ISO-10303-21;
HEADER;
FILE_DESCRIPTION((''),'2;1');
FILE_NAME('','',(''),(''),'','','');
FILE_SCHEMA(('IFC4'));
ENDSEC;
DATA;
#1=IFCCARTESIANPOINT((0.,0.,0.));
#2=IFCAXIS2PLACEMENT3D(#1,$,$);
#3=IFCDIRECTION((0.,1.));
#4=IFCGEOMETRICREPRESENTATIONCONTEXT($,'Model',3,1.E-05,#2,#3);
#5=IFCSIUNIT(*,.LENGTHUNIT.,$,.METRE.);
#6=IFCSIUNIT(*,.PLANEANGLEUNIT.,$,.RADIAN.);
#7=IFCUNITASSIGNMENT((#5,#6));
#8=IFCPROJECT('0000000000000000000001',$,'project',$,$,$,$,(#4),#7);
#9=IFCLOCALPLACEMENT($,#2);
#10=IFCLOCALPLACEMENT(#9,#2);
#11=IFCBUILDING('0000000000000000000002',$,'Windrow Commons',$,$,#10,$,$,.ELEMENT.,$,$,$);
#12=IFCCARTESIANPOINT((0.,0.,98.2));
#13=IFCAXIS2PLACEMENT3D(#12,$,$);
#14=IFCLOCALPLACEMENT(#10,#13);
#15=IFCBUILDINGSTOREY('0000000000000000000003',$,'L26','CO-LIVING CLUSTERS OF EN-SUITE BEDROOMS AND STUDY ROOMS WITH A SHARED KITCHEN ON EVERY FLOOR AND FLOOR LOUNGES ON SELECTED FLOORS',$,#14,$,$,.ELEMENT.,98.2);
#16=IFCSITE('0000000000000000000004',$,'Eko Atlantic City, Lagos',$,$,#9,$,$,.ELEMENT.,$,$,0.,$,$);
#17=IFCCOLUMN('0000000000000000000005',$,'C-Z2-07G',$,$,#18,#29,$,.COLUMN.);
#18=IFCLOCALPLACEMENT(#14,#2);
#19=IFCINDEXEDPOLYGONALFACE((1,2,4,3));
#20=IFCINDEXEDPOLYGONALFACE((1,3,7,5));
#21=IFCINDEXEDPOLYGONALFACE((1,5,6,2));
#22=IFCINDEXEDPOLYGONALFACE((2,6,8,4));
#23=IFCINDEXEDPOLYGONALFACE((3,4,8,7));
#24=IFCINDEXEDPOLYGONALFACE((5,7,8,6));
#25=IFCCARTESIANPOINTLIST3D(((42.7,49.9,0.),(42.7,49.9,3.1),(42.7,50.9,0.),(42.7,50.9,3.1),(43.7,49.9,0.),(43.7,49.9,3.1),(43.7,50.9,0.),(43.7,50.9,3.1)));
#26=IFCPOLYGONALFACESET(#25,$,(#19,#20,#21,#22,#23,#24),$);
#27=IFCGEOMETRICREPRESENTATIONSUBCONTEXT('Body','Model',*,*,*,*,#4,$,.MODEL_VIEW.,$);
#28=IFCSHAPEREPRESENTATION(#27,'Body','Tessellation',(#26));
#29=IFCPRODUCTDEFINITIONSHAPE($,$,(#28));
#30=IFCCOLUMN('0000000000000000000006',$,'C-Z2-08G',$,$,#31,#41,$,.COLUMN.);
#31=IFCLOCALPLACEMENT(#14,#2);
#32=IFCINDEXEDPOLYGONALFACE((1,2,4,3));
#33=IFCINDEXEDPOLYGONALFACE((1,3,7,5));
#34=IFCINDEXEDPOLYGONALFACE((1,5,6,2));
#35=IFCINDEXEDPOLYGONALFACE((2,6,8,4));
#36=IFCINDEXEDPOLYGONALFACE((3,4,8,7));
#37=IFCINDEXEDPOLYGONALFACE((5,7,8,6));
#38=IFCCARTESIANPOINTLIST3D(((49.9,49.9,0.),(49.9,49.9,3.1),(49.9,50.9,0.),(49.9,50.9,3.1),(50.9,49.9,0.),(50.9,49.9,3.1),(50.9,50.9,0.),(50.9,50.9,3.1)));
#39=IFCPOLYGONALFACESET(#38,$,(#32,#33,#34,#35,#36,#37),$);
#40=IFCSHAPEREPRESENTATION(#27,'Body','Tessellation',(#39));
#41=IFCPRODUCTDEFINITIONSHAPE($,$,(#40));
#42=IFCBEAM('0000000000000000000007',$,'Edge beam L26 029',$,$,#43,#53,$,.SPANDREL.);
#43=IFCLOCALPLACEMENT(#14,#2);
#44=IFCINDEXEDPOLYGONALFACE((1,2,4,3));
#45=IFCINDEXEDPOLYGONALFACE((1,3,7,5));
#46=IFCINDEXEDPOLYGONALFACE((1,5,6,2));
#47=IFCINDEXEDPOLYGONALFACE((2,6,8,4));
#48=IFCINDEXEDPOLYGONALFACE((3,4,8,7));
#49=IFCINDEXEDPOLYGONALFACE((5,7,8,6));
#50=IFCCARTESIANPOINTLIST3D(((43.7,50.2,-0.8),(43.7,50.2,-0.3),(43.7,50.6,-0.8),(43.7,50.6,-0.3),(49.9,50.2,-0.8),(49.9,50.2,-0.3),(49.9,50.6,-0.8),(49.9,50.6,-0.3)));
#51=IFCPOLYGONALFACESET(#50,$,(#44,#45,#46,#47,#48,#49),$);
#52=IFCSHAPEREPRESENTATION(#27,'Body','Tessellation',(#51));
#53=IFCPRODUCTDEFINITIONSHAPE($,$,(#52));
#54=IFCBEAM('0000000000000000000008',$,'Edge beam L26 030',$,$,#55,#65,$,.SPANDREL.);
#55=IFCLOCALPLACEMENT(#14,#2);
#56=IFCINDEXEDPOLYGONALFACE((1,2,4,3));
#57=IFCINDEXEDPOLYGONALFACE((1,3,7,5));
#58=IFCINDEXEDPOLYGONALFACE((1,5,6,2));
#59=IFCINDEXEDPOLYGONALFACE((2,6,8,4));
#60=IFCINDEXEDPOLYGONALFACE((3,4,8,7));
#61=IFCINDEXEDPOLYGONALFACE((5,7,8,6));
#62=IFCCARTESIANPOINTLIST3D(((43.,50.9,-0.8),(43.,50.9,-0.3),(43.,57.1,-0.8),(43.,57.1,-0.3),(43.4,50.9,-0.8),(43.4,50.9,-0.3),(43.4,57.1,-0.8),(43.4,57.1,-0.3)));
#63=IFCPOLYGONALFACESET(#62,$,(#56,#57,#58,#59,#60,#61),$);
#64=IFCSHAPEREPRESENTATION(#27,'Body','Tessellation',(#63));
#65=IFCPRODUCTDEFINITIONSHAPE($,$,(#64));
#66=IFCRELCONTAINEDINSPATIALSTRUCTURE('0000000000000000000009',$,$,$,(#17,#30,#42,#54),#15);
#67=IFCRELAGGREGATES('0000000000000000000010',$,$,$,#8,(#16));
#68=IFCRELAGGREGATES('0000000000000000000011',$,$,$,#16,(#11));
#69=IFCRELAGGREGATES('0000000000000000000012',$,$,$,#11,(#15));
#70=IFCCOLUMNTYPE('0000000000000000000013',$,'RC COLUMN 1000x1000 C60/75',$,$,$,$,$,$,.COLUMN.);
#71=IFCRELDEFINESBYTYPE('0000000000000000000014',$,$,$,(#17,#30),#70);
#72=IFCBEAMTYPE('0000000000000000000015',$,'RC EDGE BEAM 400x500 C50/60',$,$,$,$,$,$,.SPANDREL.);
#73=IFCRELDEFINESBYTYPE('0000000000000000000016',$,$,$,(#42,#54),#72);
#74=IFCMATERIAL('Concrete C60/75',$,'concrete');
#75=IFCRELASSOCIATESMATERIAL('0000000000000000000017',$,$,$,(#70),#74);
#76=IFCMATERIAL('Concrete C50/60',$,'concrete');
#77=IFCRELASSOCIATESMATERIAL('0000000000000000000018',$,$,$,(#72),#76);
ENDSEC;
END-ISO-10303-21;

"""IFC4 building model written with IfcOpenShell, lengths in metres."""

from ifc_helpers import new_model, si_unit, direction, frame, origin, origin_2d, place, context, subcontext, project, spatial, rectangle, extrude, material, material_profile, profile_set, type_object, element, save


model = new_model("IFC4")

# Units and contexts
model_context = context("Model", 3, precision=1e-05, world=origin(), true_north=direction((0.0, 1.0)))
body_context = subcontext(model_context, "Body", "Model", "MODEL_VIEW")
ifc_project = project(units=[si_unit("LENGTHUNIT", "METRE"), si_unit("PLANEANGLEUNIT", "RADIAN")], contexts=[model_context])

# Site, building, storey
site_placement = place(None, origin())
site = spatial("IfcSite", under=ifc_project, at=site_placement, Name="Eko Atlantic City, Lagos", CompositionType="ELEMENT", RefElevation=0.0)
building_placement = place(site_placement, origin())
building = spatial("IfcBuilding", under=site, at=building_placement, Name="Windrow Commons", CompositionType="ELEMENT")
storey_placement = place(building_placement, frame((0.0, 0.0, 98.2)))
storey = spatial("IfcBuildingStorey", under=building, at=storey_placement, Name="L26", Description="CO-LIVING CLUSTERS OF EN-SUITE BEDROOMS AND STUDY ROOMS WITH A SHARED KITCHEN ON EVERY FLOOR AND FLOOR LOUNGES ON SELECTED FLOORS", CompositionType="ELEMENT", Elevation=98.2)

# Columns
ifc_material_1 = material(Name="Concrete C60/75", Category="concrete")
ifc_material_profile_1 = material_profile(ifc_material_1, rectangle(XDim=1.0, YDim=1.0, at=origin_2d()))
ifc_profile_set_1 = profile_set([ifc_material_profile_1], Name="Concrete C60/75")
column_type = type_object("IfcColumnType", Name="RC COLUMN 1000x1000 C60/75", PredefinedType="COLUMN", material=ifc_profile_set_1)
for number, where, z_axis, x_axis, name in (
    (1, (43.2, 50.4, 0.0), (0.0, 0.0, 1.0), (1.0, 0.0, 0.0), "C-Z2-07G"),
    (2, (50.4, 50.4, 0.0), (0.0, 0.0, 1.0), (1.0, 0.0, 0.0), "C-Z2-08G"),
):
    element("IfcColumn", number, at=place(storey_placement, frame(where, z_axis=z_axis, x_axis=x_axis)), inside=storey, type_object=column_type, Name=name, PredefinedType="COLUMN", context=body_context, shape_type="SweptSolid", body=[
        extrude(rectangle(XDim=1.0, YDim=1.0, at=origin_2d()), origin(), (0.0, 0.0, 1.0), 3.1),
    ])

# Beams
ifc_material_2 = material(Name="Concrete C50/60", Category="concrete")
ifc_material_profile_2 = material_profile(ifc_material_2, rectangle(XDim=0.4, YDim=0.5, at=origin_2d()))
ifc_profile_set_2 = profile_set([ifc_material_profile_2], Name="Concrete C50/60")
beam_type = type_object("IfcBeamType", Name="RC EDGE BEAM 400x500 C50/60", PredefinedType="SPANDREL", material=ifc_profile_set_2)
for number, where, z_axis, x_axis, name in (
    (3, (49.9, 50.4, -0.55), (-1.0, 0.0, 0.0), (0.0, -1.0, 0.0), "Edge beam L26 029"),
    (4, (43.2, 50.9, -0.55), (0.0, 1.0, 0.0), (-1.0, 0.0, 0.0), "Edge beam L26 030"),
):
    element("IfcBeam", number, at=place(storey_placement, frame(where, z_axis=z_axis, x_axis=x_axis)), inside=storey, type_object=beam_type, Name=name, PredefinedType="SPANDREL", context=body_context, shape_type="SweptSolid", body=[
        extrude(rectangle(XDim=0.4, YDim=0.5, at=origin_2d()), origin(), (0.0, 0.0, 1.0), 6.2),
    ])

save(model, "model.ifc")
